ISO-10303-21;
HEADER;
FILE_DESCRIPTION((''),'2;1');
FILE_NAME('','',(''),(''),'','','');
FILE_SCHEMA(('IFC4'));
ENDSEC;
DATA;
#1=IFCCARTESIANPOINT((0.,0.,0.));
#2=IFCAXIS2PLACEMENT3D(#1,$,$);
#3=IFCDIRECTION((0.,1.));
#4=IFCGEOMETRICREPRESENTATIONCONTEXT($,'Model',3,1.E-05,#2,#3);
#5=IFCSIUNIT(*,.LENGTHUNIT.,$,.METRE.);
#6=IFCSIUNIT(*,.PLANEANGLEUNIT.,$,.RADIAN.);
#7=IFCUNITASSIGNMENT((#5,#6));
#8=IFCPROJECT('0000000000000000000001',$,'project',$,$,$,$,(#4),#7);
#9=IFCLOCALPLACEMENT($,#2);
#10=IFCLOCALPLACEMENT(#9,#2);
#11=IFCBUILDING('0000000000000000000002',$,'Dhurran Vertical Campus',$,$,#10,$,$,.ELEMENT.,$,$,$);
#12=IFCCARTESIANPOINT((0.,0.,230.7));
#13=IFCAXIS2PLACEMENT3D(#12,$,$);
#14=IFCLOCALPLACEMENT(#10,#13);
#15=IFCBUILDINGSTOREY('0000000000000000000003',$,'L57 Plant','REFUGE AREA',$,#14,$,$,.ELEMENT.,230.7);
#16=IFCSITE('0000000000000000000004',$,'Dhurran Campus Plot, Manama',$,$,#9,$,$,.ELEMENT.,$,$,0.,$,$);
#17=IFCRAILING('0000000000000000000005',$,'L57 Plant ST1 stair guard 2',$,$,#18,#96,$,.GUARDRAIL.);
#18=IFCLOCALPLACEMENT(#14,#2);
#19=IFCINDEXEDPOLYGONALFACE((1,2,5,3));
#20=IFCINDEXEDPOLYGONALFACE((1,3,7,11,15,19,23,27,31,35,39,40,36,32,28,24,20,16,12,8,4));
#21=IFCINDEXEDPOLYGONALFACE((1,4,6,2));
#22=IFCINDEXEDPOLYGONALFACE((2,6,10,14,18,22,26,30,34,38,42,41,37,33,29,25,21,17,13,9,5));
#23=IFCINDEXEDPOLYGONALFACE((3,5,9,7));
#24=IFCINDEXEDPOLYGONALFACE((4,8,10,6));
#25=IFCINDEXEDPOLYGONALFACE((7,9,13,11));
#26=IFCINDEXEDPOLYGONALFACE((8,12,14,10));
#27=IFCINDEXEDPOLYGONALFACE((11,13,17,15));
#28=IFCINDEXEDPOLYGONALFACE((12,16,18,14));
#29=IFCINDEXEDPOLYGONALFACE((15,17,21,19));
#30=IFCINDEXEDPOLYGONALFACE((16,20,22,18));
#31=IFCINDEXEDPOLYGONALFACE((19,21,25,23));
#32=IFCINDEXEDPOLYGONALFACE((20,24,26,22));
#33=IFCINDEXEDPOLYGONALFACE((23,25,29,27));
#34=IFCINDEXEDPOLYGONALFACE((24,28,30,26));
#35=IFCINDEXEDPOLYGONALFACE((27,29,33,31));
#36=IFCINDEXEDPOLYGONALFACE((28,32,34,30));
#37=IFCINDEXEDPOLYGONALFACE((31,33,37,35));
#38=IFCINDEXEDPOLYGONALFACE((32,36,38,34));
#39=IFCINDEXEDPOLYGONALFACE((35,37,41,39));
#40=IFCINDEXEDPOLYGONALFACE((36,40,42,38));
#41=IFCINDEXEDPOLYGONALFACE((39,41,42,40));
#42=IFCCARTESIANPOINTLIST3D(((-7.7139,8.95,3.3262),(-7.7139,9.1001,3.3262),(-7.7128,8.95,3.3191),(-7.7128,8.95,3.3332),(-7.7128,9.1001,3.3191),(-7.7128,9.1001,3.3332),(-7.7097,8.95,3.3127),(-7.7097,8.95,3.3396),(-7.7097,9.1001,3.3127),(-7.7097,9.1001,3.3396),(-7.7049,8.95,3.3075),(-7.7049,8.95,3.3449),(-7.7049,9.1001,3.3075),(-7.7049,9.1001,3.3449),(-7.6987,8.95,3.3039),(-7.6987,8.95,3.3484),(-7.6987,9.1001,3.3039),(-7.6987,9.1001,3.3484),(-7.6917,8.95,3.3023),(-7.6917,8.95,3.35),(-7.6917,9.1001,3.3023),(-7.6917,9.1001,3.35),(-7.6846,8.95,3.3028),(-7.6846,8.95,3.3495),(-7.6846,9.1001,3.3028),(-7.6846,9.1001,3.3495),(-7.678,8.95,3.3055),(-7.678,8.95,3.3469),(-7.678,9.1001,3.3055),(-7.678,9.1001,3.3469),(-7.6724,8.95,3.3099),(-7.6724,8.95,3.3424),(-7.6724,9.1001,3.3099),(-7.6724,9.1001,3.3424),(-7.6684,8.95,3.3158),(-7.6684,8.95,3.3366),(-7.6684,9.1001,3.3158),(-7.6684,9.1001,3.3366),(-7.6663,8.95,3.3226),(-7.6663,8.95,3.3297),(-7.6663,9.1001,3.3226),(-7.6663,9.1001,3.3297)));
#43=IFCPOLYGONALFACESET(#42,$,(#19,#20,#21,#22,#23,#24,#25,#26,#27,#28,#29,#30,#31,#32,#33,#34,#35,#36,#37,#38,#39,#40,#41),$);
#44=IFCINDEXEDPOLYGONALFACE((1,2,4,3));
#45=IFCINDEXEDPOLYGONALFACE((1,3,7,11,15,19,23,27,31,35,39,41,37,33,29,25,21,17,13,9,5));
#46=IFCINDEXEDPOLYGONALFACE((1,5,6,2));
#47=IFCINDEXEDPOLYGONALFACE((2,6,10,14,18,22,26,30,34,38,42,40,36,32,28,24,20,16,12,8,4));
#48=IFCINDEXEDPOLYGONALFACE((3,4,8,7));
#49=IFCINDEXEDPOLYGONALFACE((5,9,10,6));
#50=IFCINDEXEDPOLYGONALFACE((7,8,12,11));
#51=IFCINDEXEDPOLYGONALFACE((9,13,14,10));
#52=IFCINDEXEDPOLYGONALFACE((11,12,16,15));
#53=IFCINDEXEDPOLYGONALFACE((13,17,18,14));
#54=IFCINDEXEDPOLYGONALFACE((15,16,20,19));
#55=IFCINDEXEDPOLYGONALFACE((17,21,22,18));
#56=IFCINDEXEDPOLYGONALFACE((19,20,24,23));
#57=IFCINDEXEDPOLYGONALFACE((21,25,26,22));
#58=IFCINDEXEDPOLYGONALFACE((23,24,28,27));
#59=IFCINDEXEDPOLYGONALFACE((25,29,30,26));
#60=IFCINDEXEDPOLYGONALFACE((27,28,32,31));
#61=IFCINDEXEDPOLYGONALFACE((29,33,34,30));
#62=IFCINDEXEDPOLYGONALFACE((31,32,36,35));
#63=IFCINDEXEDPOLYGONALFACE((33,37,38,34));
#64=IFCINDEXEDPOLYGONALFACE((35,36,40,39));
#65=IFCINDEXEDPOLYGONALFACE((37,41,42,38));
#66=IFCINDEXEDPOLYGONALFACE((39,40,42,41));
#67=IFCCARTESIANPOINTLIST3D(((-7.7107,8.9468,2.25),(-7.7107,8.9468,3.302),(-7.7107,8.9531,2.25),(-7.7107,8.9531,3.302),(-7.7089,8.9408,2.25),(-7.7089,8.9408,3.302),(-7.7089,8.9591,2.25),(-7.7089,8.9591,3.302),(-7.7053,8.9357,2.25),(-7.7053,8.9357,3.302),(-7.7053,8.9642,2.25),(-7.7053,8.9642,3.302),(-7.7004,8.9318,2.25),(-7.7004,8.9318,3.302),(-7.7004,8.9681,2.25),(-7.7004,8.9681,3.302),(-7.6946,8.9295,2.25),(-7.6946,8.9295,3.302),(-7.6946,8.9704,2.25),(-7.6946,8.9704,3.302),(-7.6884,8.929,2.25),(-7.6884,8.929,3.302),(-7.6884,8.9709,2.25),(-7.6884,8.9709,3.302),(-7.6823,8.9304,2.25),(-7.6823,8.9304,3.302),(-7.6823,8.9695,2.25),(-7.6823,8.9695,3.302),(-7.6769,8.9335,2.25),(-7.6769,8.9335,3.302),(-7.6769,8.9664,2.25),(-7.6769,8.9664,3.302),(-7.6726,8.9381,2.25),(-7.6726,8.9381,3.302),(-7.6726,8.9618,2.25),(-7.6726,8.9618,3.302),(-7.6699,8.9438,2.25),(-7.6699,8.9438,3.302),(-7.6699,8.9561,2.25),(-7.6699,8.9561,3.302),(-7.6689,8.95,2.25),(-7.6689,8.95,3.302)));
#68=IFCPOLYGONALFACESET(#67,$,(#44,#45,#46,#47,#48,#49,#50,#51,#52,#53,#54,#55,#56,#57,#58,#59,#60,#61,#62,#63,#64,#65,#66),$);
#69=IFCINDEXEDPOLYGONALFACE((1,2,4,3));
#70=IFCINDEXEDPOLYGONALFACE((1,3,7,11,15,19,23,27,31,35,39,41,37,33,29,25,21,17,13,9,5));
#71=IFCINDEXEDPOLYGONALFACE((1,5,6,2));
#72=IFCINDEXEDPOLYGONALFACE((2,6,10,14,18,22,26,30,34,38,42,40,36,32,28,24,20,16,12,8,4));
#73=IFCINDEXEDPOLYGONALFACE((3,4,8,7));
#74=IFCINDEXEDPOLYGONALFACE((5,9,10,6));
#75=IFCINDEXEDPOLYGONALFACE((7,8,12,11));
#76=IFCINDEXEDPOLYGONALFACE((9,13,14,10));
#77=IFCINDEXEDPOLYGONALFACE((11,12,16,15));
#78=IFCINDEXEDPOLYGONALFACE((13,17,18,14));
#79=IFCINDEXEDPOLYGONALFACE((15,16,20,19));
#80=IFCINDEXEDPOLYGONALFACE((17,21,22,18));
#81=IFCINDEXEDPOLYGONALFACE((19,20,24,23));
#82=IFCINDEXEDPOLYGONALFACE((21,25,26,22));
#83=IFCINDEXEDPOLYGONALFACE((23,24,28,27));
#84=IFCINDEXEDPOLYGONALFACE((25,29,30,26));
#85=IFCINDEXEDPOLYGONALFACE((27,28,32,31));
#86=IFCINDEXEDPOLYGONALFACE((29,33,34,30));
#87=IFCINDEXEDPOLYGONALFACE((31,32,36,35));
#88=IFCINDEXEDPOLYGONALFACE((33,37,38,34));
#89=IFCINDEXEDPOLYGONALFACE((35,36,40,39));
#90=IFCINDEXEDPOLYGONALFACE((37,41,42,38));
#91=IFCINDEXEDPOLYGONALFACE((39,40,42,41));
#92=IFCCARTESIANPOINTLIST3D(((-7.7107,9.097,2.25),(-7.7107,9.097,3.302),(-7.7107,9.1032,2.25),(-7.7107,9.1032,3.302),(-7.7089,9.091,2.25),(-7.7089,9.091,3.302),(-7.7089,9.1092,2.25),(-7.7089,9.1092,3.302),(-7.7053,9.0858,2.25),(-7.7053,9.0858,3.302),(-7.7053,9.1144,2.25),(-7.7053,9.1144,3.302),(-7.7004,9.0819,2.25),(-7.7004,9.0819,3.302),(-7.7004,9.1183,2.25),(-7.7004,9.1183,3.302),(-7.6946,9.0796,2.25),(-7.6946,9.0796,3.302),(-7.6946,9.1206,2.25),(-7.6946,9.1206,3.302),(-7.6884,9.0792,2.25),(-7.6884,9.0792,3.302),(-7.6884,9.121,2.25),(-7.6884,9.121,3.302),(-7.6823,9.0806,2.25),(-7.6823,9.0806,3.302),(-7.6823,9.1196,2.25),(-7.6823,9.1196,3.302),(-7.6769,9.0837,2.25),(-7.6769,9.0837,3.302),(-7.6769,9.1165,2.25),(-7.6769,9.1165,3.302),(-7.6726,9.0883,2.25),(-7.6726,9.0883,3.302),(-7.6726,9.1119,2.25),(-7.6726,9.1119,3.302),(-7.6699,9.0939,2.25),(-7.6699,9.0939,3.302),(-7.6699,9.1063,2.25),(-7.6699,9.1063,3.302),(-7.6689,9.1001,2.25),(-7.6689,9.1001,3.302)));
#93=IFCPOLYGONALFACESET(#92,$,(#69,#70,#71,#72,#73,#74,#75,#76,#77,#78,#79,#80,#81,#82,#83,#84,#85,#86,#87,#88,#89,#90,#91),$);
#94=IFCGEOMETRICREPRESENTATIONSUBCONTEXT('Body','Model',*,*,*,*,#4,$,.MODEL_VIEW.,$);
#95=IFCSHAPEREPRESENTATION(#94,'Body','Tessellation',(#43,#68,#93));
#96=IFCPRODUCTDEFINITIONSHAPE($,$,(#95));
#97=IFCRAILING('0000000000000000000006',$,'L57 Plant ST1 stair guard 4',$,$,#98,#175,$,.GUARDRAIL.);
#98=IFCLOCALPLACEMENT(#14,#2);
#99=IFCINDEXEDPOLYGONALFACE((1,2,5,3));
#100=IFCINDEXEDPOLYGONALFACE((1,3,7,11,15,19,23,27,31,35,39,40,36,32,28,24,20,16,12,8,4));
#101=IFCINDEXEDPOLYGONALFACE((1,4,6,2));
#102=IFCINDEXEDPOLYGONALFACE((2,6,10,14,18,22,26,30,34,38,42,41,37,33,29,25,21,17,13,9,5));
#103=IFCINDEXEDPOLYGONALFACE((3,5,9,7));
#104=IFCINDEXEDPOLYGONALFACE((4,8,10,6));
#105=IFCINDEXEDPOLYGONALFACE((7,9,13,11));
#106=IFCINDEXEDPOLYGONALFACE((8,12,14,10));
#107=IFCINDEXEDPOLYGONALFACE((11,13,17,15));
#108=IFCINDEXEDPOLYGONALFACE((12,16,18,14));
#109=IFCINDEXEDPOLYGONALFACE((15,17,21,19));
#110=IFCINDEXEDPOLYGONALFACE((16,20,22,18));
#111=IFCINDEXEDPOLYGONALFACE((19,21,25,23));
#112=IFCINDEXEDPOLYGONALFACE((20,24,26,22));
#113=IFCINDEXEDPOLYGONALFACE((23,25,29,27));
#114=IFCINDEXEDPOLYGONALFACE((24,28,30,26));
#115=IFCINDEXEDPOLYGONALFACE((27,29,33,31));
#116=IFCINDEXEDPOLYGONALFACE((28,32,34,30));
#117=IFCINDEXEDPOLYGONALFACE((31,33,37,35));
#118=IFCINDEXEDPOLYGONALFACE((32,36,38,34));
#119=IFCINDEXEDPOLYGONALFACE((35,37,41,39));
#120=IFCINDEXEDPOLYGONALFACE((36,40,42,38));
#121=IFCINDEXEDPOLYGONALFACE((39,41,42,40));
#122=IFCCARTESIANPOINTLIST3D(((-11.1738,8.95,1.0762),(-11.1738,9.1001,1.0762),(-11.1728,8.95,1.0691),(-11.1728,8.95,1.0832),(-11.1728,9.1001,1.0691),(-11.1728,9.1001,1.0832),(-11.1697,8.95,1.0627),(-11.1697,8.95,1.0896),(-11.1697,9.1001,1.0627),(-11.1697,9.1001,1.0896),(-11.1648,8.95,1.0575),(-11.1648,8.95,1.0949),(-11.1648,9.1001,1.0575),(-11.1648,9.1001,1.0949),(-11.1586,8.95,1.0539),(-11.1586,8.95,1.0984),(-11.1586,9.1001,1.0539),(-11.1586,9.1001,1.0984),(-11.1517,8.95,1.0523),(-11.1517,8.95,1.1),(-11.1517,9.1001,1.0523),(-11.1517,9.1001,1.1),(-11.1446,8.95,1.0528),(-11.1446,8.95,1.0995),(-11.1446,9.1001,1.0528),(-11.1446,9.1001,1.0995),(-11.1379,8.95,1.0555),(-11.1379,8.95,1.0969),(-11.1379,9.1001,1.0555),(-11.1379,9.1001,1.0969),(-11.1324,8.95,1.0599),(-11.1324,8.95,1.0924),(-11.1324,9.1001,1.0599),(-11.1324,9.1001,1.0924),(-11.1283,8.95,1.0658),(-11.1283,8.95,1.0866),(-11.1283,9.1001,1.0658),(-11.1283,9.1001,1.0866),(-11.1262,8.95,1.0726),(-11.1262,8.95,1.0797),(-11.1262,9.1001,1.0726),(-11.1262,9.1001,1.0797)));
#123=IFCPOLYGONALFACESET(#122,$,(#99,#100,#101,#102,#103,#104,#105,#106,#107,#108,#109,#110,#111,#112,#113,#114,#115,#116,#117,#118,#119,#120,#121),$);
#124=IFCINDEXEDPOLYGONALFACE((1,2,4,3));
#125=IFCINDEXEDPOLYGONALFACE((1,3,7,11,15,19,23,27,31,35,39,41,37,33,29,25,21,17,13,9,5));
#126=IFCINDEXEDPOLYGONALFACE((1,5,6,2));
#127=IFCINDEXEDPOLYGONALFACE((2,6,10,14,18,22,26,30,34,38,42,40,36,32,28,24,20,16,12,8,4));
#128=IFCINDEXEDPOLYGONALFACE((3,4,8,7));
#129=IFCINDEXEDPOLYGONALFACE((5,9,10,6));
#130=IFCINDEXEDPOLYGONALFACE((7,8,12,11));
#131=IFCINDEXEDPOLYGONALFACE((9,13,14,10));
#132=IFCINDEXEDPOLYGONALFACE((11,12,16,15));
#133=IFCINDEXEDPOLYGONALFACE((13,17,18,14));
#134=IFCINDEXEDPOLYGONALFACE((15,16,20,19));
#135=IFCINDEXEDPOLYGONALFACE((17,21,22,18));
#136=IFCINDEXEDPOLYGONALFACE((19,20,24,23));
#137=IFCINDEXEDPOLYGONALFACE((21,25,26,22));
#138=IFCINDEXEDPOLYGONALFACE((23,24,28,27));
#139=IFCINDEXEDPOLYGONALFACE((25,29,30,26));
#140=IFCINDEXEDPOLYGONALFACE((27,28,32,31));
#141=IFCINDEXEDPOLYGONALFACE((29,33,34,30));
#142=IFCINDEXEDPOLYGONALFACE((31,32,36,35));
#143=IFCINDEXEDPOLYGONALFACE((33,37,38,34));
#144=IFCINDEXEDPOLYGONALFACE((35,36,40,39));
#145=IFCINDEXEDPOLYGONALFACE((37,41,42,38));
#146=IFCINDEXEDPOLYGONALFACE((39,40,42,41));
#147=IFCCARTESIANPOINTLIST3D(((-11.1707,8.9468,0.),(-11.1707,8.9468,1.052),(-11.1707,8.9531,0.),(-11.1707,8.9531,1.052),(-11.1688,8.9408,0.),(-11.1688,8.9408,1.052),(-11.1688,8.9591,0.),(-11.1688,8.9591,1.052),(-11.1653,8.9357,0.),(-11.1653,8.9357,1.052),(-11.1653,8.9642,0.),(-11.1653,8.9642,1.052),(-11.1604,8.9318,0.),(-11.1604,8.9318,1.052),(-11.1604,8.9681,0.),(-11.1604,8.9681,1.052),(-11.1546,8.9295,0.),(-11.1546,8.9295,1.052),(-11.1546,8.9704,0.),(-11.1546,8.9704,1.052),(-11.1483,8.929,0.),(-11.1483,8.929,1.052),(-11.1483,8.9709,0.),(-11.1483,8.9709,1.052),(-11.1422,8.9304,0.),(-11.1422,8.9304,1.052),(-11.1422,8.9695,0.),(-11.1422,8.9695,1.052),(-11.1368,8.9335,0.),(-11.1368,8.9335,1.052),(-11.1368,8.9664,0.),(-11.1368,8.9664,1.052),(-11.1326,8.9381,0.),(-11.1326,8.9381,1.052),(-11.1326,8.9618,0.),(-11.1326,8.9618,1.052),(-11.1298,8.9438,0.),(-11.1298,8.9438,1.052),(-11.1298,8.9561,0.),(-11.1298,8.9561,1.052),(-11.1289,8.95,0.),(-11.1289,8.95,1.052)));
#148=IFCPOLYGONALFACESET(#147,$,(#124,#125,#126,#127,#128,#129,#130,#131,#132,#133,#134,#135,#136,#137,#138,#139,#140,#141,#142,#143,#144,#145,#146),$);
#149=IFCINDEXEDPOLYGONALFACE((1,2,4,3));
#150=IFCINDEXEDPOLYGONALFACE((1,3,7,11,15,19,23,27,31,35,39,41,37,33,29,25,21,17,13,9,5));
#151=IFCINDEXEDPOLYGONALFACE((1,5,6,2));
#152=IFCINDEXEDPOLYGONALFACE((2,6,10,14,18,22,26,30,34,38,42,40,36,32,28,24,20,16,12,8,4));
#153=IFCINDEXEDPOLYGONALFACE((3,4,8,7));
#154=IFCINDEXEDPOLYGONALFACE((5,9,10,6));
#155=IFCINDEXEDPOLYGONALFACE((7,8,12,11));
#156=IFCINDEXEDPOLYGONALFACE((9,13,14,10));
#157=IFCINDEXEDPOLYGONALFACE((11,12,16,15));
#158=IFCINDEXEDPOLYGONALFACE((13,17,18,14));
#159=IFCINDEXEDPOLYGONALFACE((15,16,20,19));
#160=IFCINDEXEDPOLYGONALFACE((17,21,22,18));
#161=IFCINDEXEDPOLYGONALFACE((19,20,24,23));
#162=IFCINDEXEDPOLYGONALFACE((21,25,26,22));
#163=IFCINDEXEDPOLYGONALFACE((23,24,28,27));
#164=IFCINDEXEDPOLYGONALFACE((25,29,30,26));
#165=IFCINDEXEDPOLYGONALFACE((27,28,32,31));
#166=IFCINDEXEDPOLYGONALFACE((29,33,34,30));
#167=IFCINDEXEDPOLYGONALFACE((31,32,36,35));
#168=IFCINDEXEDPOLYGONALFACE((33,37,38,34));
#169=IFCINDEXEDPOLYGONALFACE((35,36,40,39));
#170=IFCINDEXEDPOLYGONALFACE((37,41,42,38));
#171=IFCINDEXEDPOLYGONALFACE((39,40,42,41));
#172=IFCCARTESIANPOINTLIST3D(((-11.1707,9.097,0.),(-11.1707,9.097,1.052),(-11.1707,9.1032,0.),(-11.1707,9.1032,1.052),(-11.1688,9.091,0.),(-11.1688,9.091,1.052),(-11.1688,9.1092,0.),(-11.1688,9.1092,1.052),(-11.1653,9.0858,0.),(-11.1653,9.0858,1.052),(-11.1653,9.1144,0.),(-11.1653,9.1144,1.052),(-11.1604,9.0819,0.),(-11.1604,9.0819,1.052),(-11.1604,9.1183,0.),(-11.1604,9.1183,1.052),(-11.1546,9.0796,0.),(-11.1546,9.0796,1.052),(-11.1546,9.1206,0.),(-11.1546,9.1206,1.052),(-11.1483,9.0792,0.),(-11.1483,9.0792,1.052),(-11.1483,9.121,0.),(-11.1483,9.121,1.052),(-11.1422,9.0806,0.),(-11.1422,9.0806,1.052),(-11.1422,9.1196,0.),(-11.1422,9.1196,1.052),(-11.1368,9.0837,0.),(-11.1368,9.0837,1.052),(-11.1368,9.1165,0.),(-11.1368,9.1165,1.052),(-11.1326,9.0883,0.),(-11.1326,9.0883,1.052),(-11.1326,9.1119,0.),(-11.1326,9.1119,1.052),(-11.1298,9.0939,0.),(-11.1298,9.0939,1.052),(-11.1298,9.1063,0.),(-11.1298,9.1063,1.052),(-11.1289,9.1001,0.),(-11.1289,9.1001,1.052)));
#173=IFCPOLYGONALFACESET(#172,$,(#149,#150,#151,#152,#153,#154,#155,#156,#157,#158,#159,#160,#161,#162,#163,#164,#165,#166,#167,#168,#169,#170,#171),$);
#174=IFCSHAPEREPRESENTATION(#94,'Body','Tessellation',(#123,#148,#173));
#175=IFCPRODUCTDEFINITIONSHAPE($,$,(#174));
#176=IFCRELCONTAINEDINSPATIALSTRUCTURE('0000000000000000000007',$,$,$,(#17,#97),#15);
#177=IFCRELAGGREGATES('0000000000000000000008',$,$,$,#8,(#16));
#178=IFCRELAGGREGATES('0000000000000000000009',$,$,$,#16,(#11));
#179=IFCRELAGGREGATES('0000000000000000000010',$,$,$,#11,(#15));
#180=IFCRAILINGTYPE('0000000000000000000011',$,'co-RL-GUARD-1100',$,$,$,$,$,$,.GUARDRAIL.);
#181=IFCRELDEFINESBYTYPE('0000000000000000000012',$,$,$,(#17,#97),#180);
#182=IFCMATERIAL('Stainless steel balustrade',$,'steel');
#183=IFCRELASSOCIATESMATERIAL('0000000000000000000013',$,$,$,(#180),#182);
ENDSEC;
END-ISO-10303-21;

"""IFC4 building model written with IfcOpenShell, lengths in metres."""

from ifc_helpers import new_model, si_unit, direction, frame, origin, origin_2d, place, context, subcontext, project, spatial, circle, extrude, material, type_object, element, save


model = new_model("IFC4")

# Units and contexts
model_context = context("Model", 3, precision=1e-05, world=origin(), true_north=direction((0.0, 1.0)))
body_context = subcontext(model_context, "Body", "Model", "MODEL_VIEW")
ifc_project = project(units=[si_unit("LENGTHUNIT", "METRE"), si_unit("PLANEANGLEUNIT", "RADIAN")], contexts=[model_context])

# Site, building, storey
site_placement = place(None, origin())
site = spatial("IfcSite", under=ifc_project, at=site_placement, Name="Dhurran Campus Plot, Manama", CompositionType="ELEMENT", RefElevation=0.0)
building_placement = place(site_placement, origin())
building = spatial("IfcBuilding", under=site, at=building_placement, Name="Dhurran Vertical Campus", CompositionType="ELEMENT")
storey_placement = place(building_placement, frame((0.0, 0.0, 230.7)))
storey = spatial("IfcBuildingStorey", under=building, at=storey_placement, Name="L57 Plant", Description="REFUGE AREA", CompositionType="ELEMENT", Elevation=230.7)

# Railings
ifc_material_1 = material(Name="Stainless steel balustrade", Category="steel")
railing_type_1 = type_object("IfcRailingType", Name="co-RL-GUARD-1100", PredefinedType="GUARDRAIL", material=ifc_material_1)
for number, where, name in (
    (1, (-7.6899, 8.95, 2.25), "L57 Plant ST1 stair guard 2"),
    (2, (-11.1499, 8.95, 0.0), "L57 Plant ST1 stair guard 4"),
):
    element("IfcRailing", number, at=place(storey_placement, frame(where)), inside=storey, type_object=railing_type_1, Name=name, PredefinedType="GUARDRAIL", context=body_context, shape_type="SweptSolid", body=[
        extrude(circle(Radius=0.0239, at=origin_2d()), frame((0.0, 0.0, 1.0762), z_axis=(0.0, 1.0, 0.0), x_axis=(-1.0, 0.0, 0.0)), (0.0, 0.0, 1.0), 0.1501),
        extrude(circle(Radius=0.021, at=origin_2d()), origin(), (0.0, 0.0, 1.0), 1.052),
        extrude(circle(Radius=0.021, at=origin_2d()), frame((0.0, 0.1501, 0.0)), (0.0, 0.0, 1.0), 1.052),
    ])

save(model, "model.ifc")
